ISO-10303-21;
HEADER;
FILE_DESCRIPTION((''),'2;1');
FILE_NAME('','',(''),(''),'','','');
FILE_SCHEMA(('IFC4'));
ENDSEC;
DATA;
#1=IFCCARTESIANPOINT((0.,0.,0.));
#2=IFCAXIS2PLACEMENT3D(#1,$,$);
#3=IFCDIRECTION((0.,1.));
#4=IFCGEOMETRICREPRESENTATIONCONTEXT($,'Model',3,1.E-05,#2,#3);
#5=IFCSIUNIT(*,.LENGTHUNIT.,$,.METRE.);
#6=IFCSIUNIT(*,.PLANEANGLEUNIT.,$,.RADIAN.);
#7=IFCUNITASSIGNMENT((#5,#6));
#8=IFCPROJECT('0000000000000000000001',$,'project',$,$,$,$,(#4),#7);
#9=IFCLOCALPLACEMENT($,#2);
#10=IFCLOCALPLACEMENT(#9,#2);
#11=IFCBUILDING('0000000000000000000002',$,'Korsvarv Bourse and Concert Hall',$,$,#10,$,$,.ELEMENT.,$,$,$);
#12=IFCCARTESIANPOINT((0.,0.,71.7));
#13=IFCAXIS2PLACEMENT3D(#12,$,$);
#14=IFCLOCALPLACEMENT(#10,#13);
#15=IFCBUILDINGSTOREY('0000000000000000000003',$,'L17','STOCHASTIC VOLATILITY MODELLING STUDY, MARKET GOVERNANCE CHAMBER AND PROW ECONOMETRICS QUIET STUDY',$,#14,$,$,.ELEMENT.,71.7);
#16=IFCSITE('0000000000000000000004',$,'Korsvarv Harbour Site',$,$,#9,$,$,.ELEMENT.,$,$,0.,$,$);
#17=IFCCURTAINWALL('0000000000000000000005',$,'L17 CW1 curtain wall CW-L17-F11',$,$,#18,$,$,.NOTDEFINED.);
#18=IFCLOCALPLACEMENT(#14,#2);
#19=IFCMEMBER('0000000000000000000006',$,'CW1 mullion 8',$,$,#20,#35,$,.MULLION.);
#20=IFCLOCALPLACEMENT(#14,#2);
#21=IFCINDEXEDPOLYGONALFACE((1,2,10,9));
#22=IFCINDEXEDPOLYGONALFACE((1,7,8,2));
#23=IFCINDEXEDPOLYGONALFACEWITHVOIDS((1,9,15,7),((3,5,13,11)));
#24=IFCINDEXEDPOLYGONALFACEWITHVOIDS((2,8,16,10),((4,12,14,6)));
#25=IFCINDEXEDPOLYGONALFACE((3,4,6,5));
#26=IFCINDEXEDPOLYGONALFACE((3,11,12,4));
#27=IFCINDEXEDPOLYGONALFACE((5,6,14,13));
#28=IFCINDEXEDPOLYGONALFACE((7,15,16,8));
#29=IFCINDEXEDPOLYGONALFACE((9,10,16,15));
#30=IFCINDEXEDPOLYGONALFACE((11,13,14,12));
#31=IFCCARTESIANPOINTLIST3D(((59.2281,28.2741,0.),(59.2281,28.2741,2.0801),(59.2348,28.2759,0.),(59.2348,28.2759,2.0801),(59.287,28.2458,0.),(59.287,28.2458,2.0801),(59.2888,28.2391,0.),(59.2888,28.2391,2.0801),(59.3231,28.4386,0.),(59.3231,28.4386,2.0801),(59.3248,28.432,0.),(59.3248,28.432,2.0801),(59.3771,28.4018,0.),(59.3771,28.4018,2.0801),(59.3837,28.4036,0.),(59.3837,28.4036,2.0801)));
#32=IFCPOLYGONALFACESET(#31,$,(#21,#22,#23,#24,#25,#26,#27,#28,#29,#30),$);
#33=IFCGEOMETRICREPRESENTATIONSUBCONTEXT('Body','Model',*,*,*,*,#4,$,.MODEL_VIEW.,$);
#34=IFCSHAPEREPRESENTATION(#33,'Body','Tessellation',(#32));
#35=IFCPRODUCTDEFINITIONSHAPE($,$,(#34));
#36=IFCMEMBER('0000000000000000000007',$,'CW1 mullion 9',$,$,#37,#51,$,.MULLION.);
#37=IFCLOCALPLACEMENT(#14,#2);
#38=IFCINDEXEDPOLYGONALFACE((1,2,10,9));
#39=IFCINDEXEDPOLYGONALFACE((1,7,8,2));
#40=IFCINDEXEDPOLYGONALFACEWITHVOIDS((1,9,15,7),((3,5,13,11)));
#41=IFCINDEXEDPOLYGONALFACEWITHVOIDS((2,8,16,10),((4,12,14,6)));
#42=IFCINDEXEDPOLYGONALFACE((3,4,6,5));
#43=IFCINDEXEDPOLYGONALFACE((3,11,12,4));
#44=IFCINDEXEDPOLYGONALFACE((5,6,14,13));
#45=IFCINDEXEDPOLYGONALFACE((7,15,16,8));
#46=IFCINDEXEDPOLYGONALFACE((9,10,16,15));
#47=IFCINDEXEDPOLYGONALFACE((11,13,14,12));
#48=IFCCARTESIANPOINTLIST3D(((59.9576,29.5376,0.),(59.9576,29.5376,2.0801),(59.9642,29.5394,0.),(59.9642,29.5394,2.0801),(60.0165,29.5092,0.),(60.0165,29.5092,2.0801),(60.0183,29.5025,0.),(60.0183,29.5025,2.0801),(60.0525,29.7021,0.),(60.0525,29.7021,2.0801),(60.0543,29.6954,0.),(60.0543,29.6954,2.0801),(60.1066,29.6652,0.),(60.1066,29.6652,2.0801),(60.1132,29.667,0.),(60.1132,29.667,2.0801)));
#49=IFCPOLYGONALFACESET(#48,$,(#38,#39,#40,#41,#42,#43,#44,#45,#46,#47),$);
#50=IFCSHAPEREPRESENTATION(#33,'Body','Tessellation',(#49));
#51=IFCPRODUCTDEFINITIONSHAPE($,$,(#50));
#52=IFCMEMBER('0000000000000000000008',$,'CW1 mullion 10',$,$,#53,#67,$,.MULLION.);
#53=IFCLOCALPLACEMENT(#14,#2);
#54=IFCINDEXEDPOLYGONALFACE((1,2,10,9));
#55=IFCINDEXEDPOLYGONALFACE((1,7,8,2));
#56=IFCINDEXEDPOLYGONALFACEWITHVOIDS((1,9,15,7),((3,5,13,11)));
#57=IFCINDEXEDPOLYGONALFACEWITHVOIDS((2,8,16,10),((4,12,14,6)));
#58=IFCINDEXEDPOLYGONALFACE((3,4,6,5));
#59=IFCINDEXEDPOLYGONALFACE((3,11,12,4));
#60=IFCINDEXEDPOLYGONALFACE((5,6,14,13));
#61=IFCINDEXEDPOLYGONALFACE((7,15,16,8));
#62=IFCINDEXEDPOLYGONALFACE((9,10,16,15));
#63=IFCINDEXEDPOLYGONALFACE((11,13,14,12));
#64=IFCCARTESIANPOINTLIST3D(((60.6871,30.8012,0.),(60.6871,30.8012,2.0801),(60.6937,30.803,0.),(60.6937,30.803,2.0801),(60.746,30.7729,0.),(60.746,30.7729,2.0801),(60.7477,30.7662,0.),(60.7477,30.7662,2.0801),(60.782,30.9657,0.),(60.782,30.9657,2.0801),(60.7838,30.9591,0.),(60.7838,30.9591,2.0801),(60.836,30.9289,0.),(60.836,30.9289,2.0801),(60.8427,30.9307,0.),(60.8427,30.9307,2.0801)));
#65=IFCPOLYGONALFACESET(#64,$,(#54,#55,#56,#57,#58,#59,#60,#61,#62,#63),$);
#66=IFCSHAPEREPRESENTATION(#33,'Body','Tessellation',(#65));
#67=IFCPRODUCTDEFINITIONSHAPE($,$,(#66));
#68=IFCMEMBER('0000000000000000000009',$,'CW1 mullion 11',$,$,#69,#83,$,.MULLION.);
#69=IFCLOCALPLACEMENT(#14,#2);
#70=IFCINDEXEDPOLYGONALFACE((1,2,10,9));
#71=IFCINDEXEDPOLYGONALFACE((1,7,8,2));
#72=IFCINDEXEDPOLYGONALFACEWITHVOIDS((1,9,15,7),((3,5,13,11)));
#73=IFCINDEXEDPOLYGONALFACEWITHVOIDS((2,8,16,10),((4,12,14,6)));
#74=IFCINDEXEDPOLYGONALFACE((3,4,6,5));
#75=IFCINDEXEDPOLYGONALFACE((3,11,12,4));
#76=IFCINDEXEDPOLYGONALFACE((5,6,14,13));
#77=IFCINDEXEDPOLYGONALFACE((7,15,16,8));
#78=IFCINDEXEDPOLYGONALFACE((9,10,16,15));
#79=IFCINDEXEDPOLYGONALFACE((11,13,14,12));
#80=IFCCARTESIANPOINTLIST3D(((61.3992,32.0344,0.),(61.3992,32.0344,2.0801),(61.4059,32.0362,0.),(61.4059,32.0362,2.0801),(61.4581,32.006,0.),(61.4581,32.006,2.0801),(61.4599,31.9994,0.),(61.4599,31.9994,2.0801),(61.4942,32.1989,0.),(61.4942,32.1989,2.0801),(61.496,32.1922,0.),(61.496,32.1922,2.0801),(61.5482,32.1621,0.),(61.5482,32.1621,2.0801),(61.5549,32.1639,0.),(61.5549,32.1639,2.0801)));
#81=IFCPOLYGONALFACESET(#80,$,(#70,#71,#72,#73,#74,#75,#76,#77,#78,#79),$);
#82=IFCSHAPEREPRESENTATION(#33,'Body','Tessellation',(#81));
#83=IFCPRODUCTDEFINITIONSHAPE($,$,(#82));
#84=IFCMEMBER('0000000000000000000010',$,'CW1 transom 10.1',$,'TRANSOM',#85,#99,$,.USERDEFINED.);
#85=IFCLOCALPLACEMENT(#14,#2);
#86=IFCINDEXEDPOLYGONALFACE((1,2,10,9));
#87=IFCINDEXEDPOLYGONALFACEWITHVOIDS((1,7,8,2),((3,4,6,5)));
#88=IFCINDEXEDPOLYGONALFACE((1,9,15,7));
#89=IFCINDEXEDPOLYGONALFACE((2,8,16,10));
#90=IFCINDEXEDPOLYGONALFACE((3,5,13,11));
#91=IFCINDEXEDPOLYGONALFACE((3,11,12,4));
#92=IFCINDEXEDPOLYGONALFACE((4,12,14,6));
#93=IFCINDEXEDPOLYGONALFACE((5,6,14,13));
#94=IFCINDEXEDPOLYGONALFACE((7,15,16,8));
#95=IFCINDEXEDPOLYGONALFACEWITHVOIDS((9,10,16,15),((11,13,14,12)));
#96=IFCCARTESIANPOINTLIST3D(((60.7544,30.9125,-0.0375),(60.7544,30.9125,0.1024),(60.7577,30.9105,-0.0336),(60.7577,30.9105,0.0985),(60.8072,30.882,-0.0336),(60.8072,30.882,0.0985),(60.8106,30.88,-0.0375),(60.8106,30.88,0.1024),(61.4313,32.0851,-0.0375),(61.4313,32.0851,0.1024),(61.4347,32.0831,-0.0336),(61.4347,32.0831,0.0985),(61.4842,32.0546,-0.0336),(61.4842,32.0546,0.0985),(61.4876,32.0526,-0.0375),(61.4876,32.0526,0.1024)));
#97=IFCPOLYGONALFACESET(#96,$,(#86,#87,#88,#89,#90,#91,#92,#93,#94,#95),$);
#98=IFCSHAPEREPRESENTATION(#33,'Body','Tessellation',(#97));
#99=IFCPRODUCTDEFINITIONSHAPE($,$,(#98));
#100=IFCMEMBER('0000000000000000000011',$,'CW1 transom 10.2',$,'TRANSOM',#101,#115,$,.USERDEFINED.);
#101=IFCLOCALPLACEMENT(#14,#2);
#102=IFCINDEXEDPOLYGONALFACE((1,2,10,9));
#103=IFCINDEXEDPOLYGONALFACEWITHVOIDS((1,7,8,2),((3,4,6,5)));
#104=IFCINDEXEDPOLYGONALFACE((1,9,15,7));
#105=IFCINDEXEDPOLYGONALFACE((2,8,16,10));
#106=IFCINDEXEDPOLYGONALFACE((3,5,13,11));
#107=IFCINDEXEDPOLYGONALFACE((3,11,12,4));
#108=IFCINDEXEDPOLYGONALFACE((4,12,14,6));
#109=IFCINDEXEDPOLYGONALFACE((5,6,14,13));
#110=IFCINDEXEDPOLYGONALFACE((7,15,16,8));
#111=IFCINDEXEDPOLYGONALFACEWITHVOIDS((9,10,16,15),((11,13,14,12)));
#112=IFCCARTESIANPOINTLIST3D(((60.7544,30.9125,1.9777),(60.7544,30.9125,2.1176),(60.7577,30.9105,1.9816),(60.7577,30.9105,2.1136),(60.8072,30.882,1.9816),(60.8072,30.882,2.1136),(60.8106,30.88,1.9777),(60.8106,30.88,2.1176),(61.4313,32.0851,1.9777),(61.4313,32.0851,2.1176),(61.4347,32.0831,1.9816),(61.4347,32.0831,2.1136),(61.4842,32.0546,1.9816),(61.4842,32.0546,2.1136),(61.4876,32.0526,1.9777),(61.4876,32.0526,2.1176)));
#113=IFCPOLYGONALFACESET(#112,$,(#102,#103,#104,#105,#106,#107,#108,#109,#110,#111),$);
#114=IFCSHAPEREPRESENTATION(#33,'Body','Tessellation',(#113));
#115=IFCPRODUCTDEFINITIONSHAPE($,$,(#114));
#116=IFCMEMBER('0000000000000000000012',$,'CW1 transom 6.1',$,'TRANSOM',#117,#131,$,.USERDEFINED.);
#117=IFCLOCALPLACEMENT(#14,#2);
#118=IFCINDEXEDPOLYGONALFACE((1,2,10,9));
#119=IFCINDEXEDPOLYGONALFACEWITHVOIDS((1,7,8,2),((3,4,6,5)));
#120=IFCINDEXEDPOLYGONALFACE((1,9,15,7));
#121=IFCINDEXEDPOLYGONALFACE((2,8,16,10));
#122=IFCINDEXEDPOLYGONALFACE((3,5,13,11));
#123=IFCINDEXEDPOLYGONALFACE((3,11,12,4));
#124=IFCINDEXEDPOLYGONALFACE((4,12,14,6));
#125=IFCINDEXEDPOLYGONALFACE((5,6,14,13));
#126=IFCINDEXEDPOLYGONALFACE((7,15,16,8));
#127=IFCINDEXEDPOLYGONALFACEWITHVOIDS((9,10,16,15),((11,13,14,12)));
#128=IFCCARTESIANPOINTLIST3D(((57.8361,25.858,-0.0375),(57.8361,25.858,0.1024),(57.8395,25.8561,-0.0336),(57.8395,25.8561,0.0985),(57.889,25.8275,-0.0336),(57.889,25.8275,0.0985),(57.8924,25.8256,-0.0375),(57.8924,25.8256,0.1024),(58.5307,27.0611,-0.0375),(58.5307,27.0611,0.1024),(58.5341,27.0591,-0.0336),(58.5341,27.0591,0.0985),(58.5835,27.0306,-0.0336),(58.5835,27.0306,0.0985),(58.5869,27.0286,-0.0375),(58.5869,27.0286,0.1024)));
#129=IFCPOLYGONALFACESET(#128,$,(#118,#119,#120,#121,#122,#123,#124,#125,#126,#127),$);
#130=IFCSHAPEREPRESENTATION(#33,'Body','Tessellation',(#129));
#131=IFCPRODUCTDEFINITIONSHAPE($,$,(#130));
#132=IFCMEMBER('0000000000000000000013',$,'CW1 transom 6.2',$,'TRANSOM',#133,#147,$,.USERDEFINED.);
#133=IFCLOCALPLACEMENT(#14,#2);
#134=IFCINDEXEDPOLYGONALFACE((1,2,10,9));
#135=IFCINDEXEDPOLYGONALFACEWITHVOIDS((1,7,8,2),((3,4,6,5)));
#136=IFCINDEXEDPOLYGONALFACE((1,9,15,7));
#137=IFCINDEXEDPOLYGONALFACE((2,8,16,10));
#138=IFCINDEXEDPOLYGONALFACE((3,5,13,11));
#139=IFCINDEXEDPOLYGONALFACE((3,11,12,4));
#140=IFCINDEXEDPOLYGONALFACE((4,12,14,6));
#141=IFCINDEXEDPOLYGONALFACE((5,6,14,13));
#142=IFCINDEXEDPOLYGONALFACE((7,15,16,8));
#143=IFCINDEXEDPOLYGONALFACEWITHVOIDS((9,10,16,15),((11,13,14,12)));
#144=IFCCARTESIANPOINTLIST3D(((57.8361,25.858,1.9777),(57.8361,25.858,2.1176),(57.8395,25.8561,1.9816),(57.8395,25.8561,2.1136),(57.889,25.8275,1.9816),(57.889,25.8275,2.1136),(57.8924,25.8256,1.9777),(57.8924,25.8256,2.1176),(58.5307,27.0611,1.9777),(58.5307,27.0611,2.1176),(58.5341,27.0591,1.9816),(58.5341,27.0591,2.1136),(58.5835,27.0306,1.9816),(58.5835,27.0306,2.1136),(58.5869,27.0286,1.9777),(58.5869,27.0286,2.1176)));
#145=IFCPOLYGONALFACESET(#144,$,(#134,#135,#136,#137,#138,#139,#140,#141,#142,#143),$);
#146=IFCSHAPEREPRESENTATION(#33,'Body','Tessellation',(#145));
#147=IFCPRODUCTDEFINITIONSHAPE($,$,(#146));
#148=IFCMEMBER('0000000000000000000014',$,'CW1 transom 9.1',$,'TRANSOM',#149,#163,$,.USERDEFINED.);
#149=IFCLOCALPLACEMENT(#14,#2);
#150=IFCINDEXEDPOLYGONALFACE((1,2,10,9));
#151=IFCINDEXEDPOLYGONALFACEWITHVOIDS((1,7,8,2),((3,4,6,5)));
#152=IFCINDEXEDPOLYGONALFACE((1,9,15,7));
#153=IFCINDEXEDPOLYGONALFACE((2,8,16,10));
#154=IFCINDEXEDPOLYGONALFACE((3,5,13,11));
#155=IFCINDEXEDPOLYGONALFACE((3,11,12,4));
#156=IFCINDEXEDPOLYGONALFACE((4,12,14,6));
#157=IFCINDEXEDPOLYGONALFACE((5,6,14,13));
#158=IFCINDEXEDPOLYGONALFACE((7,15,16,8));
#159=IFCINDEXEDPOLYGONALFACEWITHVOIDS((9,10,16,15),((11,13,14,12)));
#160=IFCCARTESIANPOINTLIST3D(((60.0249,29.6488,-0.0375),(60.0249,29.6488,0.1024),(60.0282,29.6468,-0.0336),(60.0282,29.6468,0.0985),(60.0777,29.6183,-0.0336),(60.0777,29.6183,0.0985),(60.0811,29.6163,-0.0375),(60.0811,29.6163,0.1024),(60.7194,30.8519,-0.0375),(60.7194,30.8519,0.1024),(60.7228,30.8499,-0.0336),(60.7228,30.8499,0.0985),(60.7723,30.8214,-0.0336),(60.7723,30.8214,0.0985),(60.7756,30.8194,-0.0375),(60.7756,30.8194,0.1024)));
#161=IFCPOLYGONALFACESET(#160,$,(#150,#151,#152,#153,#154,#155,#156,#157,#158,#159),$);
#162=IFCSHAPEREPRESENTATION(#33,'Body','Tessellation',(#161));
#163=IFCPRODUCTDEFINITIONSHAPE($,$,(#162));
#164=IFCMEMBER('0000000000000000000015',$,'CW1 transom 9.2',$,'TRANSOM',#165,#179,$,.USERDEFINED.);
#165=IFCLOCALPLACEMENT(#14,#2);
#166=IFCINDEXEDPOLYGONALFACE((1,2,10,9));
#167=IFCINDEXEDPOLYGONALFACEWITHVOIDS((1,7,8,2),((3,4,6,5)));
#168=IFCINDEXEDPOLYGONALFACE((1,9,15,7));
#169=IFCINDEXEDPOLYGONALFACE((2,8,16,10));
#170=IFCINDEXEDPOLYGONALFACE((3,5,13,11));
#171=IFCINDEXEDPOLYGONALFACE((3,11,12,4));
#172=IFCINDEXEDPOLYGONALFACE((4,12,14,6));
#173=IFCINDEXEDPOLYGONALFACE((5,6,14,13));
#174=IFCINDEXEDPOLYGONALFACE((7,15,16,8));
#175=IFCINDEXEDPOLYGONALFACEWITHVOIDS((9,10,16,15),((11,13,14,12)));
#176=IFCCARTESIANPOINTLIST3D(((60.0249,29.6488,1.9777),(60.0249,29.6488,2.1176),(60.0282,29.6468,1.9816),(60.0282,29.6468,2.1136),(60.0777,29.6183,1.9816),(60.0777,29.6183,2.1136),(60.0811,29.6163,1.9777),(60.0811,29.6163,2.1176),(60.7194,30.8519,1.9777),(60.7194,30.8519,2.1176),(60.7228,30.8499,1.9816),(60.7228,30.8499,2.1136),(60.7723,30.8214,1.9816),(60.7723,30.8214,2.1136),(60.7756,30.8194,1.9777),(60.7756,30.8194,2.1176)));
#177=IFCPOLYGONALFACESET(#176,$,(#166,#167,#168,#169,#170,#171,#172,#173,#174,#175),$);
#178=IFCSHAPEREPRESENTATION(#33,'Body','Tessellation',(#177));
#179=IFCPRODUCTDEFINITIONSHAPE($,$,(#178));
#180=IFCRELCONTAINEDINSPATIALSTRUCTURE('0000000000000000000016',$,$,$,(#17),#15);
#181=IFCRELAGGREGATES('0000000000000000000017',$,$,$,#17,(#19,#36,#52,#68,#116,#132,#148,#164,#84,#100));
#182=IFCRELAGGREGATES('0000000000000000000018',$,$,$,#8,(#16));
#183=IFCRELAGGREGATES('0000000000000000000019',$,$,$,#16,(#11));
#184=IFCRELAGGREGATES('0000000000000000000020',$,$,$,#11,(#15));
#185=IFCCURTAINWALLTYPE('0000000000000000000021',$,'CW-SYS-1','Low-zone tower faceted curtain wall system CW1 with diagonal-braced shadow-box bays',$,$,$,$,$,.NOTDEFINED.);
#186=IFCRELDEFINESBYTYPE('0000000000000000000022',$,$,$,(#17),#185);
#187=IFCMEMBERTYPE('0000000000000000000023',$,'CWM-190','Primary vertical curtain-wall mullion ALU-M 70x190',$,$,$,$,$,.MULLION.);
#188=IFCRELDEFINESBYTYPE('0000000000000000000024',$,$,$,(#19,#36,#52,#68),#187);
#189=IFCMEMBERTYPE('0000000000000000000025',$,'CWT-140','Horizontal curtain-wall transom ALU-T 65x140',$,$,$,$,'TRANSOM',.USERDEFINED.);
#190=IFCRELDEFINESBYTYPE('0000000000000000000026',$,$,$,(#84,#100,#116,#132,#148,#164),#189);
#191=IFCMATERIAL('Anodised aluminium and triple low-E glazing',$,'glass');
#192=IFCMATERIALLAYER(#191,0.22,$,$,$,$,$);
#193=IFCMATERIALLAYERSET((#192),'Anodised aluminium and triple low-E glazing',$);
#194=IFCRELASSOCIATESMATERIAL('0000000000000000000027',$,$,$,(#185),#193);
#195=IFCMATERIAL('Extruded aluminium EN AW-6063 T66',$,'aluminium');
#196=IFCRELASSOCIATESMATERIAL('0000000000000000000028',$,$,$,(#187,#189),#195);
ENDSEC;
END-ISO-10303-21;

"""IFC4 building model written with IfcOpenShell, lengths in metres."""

from ifc_helpers import new_model, si_unit, direction, frame, origin, origin_2d, place, context, subcontext, project, spatial, hollow_rectangle, extrude, source, transform, mapped, material, layer, layer_set, material_profile, profile_set, type_object, element, aggregate, save


model = new_model("IFC4")

# Units and contexts
model_context = context("Model", 3, precision=1e-05, world=origin(), true_north=direction((0.0, 1.0)))
body_context = subcontext(model_context, "Body", "Model", "MODEL_VIEW")
ifc_project = project(units=[si_unit("LENGTHUNIT", "METRE"), si_unit("PLANEANGLEUNIT", "RADIAN")], contexts=[model_context])

# Site, building, storey
site_placement = place(None, origin())
site = spatial("IfcSite", under=ifc_project, at=site_placement, Name="Korsvarv Harbour Site", CompositionType="ELEMENT", RefElevation=0.0)
building_placement = place(site_placement, origin())
building = spatial("IfcBuilding", under=site, at=building_placement, Name="Korsvarv Bourse and Concert Hall", CompositionType="ELEMENT")
storey_placement = place(building_placement, frame((0.0, 0.0, 71.7)))
storey = spatial("IfcBuildingStorey", under=building, at=storey_placement, Name="L17", Description="STOCHASTIC VOLATILITY MODELLING STUDY, MARKET GOVERNANCE CHAMBER AND PROW ECONOMETRICS QUIET STUDY", CompositionType="ELEMENT", Elevation=71.7)

# Curtain wall, members
ifc_material_1 = material(Name="Anodised aluminium and triple low-E glazing", Category="glass")
ifc_layer_1 = layer(ifc_material_1, 0.22)
ifc_layer_set_1 = layer_set([ifc_layer_1], Name="Anodised aluminium and triple low-E glazing")
curtain_wall_type = type_object("IfcCurtainWallType", Name="CW-SYS-1", Description="Low-zone tower faceted curtain wall system CW1 with diagonal-braced shadow-box bays", PredefinedType="NOTDEFINED", material=ifc_layer_set_1)
curtain_wall_placement = place(storey_placement, origin())
curtain_wall = element("IfcCurtainWall", 1, at=curtain_wall_placement, inside=storey, type_object=curtain_wall_type, Name="L17 CW1 curtain wall CW-L17-F11", PredefinedType="NOTDEFINED")
ifc_material_2 = material(Name="Extruded aluminium EN AW-6063 T66", Category="aluminium")
ifc_material_profile_1 = material_profile(ifc_material_2, hollow_rectangle(XDim=0.0701, YDim=0.1899, WallThickness=0.0049, at=origin_2d()), Name="ALU-M 70x190")
ifc_profile_set_1 = profile_set([ifc_material_profile_1], Name="Extruded aluminium EN AW-6063 T66")
member_type_1 = type_object("IfcMemberType", Name="CWM-190", Description="Primary vertical curtain-wall mullion ALU-M 70x190", PredefinedType="MULLION", material=ifc_profile_set_1)
shared_shape_1 = source(origin(), body_context, "Body", "SweptSolid", [
    extrude(hollow_rectangle(XDim=0.0701, YDim=0.1899, WallThickness=0.0049, at=origin_2d()), origin(), (0.0, 0.0, 1.0), 2.0801),
])
member_1_placement = place(storey_placement, frame((59.3059, 28.3389, 0.0), z_axis=(0.0, 0.0, 1.0), x_axis=(-0.866022, 0.500006, 0.0)))
member_1 = element("IfcMember", 2, at=member_1_placement, type_object=member_type_1, Name="CW1 mullion 8", PredefinedType="MULLION", context=body_context, shape_type="MappedRepresentation", body=[
    mapped(shared_shape_1, transform((0.0, 0.0, 0.0), scale=1.0)),
])
member_2_placement = place(storey_placement, frame((60.0354, 29.6023, 0.0), z_axis=(0.0, 0.0, 1.0), x_axis=(-0.866022, 0.500006, 0.0)))
member_2 = element("IfcMember", 3, at=member_2_placement, type_object=member_type_1, Name="CW1 mullion 9", PredefinedType="MULLION", context=body_context, shape_type="MappedRepresentation", body=[
    mapped(shared_shape_1, transform((0.0, 0.0, 0.0), scale=1.0)),
])
member_3_placement = place(storey_placement, frame((60.7649, 30.866, 0.0), z_axis=(0.0, 0.0, 1.0), x_axis=(-0.866022, 0.500006, 0.0)))
member_3 = element("IfcMember", 4, at=member_3_placement, type_object=member_type_1, Name="CW1 mullion 10", PredefinedType="MULLION", context=body_context, shape_type="MappedRepresentation", body=[
    mapped(shared_shape_1, transform((0.0, 0.0, 0.0), scale=1.0)),
])
member_4_placement = place(storey_placement, frame((61.4771, 32.0991, 0.0), z_axis=(0.0, 0.0, 1.0), x_axis=(-0.866022, 0.500006, 0.0)))
member_4 = element("IfcMember", 5, at=member_4_placement, type_object=member_type_1, Name="CW1 mullion 11", PredefinedType="MULLION", context=body_context, shape_type="MappedRepresentation", body=[
    mapped(shared_shape_1, transform((0.0, 0.0, 0.0), scale=1.0)),
])
ifc_material_profile_2 = material_profile(ifc_material_2, hollow_rectangle(XDim=0.0649, YDim=0.1399, WallThickness=0.0039, at=origin_2d()), Name="ALU-T 65x140")
ifc_profile_set_2 = profile_set([ifc_material_profile_2], Name="Extruded aluminium EN AW-6063 T66")
member_type_2 = type_object("IfcMemberType", Name="CWT-140", Description="Horizontal curtain-wall transom ALU-T 65x140", ElementType="TRANSOM", PredefinedType="USERDEFINED", material=ifc_profile_set_2)
shared_shape_2 = source(origin(), body_context, "Body", "SweptSolid", [
    extrude(hollow_rectangle(XDim=0.0649, YDim=0.1399, WallThickness=0.0039, at=origin_2d()), origin(), (0.0, 0.0, 1.0), 1.354),
])
member_5_placement = place(storey_placement, frame((60.7825, 30.8962, 0.0325), z_axis=(0.499998, 0.866026, 0.0), x_axis=(-0.866026, 0.499998, 0.0)))
member_5 = element("IfcMember", 6, at=member_5_placement, type_object=member_type_2, Name="CW1 transom 10.1", ObjectType="TRANSOM", PredefinedType="USERDEFINED", context=body_context, shape_type="MappedRepresentation", body=[
    mapped(shared_shape_2, transform((0.0, 0.0, 0.0), scale=1.0)),
])
member_6_placement = place(storey_placement, frame((60.7825, 30.8962, 2.0476), z_axis=(0.499998, 0.866026, 0.0), x_axis=(-0.866026, 0.499998, 0.0)))
member_6 = element("IfcMember", 7, at=member_6_placement, type_object=member_type_2, Name="CW1 transom 10.2", ObjectType="TRANSOM", PredefinedType="USERDEFINED", context=body_context, shape_type="MappedRepresentation", body=[
    mapped(shared_shape_2, transform((0.0, 0.0, 0.0), scale=1.0)),
])
shared_shape_3 = source(origin(), body_context, "Body", "SweptSolid", [
    extrude(hollow_rectangle(XDim=0.0649, YDim=0.1399, WallThickness=0.0039, at=origin_2d()), origin(), (0.0, 0.0, 1.0), 1.3892),
])
member_7_placement = place(storey_placement, frame((57.8643, 25.8418, 0.0325), z_axis=(0.499976, 0.866039, 0.0), x_axis=(-0.866039, 0.499976, 0.0)))
member_7 = element("IfcMember", 8, at=member_7_placement, type_object=member_type_2, Name="CW1 transom 6.1", ObjectType="TRANSOM", PredefinedType="USERDEFINED", context=body_context, shape_type="MappedRepresentation", body=[
    mapped(shared_shape_3, transform((0.0, 0.0, 0.0), scale=1.0)),
])
member_8_placement = place(storey_placement, frame((57.8643, 25.8418, 2.0476), z_axis=(0.499976, 0.866039, 0.0), x_axis=(-0.866039, 0.499976, 0.0)))
member_8 = element("IfcMember", 9, at=member_8_placement, type_object=member_type_2, Name="CW1 transom 6.2", ObjectType="TRANSOM", PredefinedType="USERDEFINED", context=body_context, shape_type="MappedRepresentation", body=[
    mapped(shared_shape_3, transform((0.0, 0.0, 0.0), scale=1.0)),
])
member_9_placement = place(storey_placement, frame((60.053, 29.6326, 0.0325), z_axis=(0.499976, 0.866039, 0.0), x_axis=(-0.866039, 0.499976, 0.0)))
member_9 = element("IfcMember", 10, at=member_9_placement, type_object=member_type_2, Name="CW1 transom 9.1", ObjectType="TRANSOM", PredefinedType="USERDEFINED", context=body_context, shape_type="MappedRepresentation", body=[
    mapped(shared_shape_3, transform((0.0, 0.0, 0.0), scale=1.0)),
])
member_10_placement = place(storey_placement, frame((60.053, 29.6326, 2.0476), z_axis=(0.499976, 0.866039, 0.0), x_axis=(-0.866039, 0.499976, 0.0)))
member_10 = element("IfcMember", 11, at=member_10_placement, type_object=member_type_2, Name="CW1 transom 9.2", ObjectType="TRANSOM", PredefinedType="USERDEFINED", context=body_context, shape_type="MappedRepresentation", body=[
    mapped(shared_shape_3, transform((0.0, 0.0, 0.0), scale=1.0)),
])
aggregate(curtain_wall, [member_1, member_2, member_3, member_4, member_7, member_8, member_9, member_10, member_5, member_6])

save(model, "model.ifc")
